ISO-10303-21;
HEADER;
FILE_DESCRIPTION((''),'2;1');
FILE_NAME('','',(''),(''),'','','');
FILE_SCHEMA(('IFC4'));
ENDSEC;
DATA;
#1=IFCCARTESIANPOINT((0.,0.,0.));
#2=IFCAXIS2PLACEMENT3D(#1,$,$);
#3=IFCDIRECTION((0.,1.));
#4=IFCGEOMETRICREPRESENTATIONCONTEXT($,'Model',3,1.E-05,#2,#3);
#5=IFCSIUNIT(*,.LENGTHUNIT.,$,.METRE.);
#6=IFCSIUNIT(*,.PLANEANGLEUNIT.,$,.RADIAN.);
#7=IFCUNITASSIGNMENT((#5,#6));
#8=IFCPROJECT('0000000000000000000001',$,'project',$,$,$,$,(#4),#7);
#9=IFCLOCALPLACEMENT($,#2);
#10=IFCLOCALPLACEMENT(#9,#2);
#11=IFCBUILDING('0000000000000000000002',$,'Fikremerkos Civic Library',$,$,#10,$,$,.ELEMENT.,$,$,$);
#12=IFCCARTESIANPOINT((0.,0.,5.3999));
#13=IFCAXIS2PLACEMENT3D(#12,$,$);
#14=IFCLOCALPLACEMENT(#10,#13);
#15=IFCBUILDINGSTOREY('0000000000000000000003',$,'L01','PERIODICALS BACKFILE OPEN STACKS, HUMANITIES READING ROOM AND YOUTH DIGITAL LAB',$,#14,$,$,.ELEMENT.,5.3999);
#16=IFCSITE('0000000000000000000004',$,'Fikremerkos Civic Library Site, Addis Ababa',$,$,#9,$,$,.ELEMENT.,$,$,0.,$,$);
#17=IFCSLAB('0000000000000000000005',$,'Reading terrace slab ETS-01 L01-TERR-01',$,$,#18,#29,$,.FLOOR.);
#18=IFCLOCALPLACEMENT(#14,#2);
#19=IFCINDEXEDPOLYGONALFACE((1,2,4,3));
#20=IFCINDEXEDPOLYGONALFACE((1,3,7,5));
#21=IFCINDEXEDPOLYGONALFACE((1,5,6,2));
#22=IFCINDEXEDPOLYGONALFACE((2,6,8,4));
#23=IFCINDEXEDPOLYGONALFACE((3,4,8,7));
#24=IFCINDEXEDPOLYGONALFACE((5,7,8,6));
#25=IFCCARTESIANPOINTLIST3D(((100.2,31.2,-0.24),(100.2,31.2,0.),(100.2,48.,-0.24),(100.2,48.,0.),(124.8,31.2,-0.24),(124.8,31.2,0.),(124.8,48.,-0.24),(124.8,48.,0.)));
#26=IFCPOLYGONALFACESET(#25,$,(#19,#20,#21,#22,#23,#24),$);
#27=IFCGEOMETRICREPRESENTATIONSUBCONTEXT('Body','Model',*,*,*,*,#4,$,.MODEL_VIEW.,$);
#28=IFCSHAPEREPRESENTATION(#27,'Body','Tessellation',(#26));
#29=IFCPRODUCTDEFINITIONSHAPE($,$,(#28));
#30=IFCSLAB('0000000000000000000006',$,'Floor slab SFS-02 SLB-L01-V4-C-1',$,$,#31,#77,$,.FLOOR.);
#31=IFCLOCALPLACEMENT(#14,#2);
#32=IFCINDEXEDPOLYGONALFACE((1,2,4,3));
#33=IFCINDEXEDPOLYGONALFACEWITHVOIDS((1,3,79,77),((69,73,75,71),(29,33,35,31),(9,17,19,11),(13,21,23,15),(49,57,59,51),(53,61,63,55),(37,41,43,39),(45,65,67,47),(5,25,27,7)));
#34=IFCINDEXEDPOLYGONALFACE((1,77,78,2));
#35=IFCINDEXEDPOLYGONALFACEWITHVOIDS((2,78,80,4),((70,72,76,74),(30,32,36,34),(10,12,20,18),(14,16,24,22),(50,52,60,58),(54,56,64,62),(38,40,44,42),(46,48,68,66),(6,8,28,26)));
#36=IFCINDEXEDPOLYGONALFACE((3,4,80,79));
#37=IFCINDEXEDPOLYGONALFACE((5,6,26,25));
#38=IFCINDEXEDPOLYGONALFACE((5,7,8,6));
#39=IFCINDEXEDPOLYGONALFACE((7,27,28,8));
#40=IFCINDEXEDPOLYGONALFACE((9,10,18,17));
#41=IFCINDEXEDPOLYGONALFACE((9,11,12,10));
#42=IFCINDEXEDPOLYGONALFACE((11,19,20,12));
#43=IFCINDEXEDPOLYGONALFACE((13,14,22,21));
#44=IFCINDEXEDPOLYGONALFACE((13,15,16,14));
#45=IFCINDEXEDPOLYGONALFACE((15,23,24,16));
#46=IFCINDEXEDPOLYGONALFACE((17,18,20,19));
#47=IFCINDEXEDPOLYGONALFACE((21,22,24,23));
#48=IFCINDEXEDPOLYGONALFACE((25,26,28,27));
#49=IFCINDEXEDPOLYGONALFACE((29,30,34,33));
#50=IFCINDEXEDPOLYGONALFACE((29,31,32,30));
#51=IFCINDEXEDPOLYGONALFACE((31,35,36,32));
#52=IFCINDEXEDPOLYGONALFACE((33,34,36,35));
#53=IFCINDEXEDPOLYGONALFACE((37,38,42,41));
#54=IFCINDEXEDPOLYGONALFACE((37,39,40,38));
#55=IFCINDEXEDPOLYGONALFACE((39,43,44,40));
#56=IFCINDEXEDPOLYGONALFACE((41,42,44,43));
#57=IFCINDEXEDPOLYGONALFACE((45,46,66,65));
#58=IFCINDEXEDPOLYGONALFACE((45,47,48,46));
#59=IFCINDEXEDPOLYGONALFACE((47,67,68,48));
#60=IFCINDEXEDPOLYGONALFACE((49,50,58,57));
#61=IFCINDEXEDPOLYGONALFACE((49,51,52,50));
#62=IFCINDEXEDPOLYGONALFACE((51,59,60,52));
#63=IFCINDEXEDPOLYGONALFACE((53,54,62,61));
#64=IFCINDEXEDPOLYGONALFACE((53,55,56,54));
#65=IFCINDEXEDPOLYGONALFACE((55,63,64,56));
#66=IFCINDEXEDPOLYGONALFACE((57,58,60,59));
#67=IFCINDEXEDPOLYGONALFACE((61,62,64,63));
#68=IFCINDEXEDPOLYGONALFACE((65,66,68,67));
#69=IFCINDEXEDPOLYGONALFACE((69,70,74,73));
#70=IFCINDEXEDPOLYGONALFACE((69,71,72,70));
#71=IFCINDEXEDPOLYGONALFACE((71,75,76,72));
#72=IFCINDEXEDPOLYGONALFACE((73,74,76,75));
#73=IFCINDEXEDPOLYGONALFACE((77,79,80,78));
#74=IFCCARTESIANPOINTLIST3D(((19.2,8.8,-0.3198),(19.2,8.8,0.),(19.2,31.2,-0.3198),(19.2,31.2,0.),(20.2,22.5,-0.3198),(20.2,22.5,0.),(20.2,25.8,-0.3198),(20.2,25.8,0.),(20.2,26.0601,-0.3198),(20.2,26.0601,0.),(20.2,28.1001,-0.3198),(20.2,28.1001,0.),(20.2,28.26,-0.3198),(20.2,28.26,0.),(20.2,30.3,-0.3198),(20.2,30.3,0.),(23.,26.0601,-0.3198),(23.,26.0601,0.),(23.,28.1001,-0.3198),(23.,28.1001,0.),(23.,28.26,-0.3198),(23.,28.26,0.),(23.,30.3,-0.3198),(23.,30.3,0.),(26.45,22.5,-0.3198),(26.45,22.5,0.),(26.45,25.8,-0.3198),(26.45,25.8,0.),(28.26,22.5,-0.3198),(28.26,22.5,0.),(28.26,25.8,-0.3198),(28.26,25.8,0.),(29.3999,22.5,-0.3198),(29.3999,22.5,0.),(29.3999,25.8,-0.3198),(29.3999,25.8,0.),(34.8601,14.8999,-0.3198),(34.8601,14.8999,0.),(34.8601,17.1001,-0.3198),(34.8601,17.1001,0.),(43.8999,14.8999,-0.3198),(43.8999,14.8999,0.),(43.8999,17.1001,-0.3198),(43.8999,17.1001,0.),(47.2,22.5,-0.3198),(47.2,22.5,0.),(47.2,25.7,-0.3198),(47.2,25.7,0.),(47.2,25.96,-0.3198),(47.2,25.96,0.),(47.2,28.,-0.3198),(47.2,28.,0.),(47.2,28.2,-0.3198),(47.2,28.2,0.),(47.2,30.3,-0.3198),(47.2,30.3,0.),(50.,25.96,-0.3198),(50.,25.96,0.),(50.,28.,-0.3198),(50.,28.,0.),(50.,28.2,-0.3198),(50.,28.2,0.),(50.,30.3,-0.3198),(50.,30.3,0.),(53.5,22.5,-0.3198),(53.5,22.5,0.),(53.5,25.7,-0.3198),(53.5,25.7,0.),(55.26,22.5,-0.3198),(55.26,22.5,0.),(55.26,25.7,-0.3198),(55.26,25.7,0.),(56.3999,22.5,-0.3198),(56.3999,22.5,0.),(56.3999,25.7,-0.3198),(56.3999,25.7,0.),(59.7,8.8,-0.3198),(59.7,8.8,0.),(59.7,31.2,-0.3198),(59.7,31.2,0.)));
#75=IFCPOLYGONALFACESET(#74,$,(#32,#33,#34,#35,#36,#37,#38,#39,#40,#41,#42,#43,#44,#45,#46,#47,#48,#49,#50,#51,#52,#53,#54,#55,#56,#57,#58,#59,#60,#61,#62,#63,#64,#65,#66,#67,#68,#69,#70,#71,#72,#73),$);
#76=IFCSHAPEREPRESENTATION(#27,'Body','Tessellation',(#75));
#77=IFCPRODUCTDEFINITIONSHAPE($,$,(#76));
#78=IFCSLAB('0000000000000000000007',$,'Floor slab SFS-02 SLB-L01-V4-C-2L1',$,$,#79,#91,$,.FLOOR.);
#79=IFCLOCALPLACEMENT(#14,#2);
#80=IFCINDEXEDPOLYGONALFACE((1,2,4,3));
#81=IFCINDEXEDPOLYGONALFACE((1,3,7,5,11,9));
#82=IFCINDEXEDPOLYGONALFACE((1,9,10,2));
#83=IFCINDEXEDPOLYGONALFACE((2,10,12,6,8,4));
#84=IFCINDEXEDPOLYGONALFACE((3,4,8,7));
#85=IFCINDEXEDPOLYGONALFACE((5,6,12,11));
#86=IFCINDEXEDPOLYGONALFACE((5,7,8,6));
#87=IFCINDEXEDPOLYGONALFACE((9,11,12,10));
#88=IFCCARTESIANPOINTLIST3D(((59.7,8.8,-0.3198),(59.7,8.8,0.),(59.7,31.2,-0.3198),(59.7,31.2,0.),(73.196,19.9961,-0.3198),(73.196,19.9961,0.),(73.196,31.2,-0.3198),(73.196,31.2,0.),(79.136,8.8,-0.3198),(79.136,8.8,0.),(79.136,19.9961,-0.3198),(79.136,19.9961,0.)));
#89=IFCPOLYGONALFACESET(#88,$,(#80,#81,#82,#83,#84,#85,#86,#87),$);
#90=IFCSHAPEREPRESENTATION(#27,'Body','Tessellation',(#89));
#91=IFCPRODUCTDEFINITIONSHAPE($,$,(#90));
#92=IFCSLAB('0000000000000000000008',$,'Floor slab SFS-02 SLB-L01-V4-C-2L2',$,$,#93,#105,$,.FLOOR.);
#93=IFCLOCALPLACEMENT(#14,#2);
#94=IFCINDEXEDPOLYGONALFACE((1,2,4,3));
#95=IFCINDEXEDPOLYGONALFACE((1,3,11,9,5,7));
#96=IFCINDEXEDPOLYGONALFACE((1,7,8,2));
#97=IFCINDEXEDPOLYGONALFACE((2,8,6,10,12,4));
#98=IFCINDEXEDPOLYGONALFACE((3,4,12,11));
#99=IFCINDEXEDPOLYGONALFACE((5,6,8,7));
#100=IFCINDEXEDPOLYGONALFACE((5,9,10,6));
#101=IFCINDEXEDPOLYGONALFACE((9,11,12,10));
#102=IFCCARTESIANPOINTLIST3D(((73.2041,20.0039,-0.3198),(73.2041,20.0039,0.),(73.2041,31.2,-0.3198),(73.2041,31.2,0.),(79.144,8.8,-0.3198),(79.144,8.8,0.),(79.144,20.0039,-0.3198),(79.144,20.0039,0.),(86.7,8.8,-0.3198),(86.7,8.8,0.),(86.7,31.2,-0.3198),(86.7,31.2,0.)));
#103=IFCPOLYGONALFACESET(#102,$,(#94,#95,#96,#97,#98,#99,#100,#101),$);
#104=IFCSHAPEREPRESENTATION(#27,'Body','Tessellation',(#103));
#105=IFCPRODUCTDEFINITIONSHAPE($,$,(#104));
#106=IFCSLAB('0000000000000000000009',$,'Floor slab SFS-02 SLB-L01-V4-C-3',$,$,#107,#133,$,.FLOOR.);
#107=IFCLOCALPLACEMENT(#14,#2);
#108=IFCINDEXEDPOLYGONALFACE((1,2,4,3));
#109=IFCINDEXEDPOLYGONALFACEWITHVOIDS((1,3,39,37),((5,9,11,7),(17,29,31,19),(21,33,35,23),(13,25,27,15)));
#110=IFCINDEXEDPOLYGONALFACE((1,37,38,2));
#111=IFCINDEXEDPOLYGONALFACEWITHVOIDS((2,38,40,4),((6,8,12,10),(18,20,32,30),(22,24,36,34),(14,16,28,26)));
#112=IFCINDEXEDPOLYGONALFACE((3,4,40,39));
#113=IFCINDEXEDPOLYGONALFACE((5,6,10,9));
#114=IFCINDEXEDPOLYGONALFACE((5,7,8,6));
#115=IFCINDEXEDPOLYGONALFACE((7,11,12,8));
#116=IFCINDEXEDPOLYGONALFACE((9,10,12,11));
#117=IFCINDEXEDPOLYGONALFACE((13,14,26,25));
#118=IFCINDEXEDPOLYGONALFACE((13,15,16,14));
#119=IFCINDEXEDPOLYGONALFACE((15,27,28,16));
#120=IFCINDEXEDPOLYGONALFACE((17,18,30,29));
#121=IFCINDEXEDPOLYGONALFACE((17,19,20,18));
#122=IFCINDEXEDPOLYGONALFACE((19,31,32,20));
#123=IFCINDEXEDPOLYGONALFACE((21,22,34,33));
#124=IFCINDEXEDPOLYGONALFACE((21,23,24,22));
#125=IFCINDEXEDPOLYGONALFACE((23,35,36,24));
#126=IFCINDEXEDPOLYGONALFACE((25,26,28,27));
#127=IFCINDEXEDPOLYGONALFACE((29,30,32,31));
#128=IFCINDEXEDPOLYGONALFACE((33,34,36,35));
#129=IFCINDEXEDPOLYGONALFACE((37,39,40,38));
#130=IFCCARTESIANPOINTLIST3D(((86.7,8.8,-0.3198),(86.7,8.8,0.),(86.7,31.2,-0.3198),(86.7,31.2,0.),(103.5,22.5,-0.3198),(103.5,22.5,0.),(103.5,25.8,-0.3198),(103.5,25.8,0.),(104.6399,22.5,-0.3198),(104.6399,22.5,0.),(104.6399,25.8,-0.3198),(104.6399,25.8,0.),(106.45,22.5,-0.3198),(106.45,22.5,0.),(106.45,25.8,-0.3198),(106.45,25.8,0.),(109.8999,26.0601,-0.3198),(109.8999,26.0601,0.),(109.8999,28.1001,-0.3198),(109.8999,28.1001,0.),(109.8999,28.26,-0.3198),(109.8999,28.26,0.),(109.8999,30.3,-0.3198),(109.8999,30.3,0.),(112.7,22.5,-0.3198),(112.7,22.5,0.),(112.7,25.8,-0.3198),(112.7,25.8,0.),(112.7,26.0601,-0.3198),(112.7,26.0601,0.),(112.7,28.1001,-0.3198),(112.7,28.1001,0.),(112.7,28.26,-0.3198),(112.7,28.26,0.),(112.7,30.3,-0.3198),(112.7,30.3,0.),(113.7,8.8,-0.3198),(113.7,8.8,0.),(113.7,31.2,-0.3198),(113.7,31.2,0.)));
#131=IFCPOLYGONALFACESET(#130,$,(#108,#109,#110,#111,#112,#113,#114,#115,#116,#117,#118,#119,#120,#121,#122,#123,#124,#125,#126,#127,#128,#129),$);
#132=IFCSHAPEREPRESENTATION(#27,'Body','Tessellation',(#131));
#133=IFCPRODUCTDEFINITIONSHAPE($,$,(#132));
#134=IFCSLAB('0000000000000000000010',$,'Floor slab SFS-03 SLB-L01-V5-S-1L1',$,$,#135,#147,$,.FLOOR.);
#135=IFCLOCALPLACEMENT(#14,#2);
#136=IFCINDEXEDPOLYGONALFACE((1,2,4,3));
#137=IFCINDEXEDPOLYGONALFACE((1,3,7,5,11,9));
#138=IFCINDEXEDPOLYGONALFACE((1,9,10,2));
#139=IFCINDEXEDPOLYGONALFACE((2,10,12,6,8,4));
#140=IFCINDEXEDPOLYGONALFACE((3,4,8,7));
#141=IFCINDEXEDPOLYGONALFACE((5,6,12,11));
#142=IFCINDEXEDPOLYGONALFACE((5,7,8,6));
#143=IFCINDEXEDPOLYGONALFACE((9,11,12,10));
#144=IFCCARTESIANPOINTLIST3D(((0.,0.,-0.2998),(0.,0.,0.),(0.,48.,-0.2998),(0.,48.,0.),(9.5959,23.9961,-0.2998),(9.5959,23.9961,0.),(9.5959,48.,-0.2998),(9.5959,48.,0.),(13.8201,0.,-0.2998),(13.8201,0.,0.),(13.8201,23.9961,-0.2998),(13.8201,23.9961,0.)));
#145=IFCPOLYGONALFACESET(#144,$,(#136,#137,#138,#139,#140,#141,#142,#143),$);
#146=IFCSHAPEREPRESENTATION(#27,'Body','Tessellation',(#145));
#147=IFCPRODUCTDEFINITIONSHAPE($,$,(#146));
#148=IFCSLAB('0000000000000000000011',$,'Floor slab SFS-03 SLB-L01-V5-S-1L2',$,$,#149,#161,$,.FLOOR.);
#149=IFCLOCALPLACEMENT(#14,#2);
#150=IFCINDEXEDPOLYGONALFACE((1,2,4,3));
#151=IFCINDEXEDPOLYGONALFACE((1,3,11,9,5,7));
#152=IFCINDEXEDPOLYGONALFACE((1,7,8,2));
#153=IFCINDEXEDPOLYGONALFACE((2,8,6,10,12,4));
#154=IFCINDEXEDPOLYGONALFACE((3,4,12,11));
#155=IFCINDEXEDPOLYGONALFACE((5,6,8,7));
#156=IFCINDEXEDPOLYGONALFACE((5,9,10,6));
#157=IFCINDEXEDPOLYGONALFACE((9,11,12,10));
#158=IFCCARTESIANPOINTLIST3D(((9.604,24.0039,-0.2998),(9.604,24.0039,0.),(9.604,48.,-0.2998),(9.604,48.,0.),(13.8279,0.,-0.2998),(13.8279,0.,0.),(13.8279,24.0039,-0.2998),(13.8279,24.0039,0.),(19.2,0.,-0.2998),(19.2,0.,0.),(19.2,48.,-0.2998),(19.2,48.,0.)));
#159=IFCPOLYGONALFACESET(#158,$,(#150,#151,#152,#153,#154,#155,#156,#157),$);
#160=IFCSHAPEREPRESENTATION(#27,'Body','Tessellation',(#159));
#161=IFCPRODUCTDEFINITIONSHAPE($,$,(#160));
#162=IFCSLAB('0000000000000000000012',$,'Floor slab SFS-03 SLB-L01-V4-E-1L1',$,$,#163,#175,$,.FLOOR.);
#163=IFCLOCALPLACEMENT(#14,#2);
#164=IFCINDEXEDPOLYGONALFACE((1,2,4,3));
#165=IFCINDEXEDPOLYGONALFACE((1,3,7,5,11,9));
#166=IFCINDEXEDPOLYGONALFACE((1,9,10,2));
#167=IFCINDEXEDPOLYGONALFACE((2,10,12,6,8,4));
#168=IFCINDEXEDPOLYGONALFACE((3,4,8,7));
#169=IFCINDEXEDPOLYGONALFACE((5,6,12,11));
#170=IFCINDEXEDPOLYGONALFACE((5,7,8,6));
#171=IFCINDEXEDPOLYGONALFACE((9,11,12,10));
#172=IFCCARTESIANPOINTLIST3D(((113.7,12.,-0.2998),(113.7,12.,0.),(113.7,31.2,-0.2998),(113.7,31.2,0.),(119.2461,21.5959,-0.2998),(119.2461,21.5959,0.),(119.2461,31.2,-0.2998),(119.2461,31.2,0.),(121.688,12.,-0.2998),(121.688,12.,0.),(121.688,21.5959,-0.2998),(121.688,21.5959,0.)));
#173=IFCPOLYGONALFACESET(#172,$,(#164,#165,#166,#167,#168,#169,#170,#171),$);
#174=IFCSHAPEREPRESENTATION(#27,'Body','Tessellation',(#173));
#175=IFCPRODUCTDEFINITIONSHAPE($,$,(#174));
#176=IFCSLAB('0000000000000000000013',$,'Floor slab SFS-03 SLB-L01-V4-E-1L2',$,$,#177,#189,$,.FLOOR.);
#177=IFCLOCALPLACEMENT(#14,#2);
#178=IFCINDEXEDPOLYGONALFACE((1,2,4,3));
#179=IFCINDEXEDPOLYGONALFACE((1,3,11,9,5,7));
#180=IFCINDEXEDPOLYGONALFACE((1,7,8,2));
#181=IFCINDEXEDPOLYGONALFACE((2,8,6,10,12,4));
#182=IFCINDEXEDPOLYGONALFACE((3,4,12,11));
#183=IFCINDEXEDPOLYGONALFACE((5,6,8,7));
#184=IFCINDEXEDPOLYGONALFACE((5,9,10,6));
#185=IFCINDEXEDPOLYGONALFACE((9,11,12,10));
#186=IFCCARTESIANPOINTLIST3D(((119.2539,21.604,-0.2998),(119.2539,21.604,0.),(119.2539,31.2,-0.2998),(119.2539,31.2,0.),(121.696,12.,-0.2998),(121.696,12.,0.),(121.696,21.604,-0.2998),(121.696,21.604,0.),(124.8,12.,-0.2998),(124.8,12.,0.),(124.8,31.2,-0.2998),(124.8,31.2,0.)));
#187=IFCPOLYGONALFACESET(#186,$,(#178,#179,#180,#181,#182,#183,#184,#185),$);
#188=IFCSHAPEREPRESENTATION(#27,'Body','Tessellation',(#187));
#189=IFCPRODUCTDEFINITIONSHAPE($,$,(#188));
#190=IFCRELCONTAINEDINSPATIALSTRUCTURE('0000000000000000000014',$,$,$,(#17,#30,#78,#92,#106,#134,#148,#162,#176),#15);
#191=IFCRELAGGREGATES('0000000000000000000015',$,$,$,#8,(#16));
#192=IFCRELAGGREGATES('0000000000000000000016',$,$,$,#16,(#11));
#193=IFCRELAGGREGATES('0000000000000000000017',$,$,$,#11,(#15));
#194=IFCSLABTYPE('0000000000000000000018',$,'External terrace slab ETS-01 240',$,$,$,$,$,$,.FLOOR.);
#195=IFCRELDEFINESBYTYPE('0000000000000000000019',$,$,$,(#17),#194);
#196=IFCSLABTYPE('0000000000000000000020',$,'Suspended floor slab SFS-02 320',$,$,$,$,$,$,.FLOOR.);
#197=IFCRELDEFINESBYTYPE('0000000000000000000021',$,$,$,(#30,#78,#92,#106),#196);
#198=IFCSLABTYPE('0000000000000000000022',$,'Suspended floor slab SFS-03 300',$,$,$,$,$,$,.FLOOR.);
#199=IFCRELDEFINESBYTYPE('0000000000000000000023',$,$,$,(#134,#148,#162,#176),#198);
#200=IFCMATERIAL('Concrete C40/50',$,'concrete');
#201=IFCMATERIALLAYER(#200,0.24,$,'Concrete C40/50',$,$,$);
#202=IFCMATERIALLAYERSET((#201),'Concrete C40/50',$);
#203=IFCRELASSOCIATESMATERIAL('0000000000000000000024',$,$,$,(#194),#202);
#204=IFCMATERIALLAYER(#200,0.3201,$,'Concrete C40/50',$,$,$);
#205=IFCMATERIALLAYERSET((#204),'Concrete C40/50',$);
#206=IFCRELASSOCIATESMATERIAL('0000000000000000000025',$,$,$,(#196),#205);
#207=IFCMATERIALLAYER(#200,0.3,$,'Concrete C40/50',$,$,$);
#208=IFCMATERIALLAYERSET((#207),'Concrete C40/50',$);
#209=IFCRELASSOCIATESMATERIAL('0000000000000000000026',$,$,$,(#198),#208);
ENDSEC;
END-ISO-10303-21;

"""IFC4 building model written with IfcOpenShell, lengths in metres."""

from ifc_helpers import new_model, si_unit, direction, frame, origin, place, context, subcontext, project, spatial, polyline, outline, extrude, material, layer, layer_set, type_object, element, save


model = new_model("IFC4")

# Units and contexts
model_context = context("Model", 3, precision=1e-05, world=origin(), true_north=direction((0.0, 1.0)))
body_context = subcontext(model_context, "Body", "Model", "MODEL_VIEW")
ifc_project = project(units=[si_unit("LENGTHUNIT", "METRE"), si_unit("PLANEANGLEUNIT", "RADIAN")], contexts=[model_context])

# Site, building, storey
site_placement = place(None, origin())
site = spatial("IfcSite", under=ifc_project, at=site_placement, Name="Fikremerkos Civic Library Site, Addis Ababa", CompositionType="ELEMENT", RefElevation=0.0)
building_placement = place(site_placement, origin())
building = spatial("IfcBuilding", under=site, at=building_placement, Name="Fikremerkos Civic Library", CompositionType="ELEMENT")
storey_placement = place(building_placement, frame((0.0, 0.0, 5.3999)))
storey = spatial("IfcBuildingStorey", under=building, at=storey_placement, Name="L01", Description="PERIODICALS BACKFILE OPEN STACKS, HUMANITIES READING ROOM AND YOUTH DIGITAL LAB", CompositionType="ELEMENT", Elevation=5.3999)

# Slabs
ifc_material_1 = material(Name="Concrete C40/50", Category="concrete")
ifc_layer_1 = layer(ifc_material_1, 0.24, Name="Concrete C40/50")
ifc_layer_set_1 = layer_set([ifc_layer_1], Name="Concrete C40/50")
slab_type_1 = type_object("IfcSlabType", Name="External terrace slab ETS-01 240", PredefinedType="FLOOR", material=ifc_layer_set_1)
slab_1_placement = place(storey_placement, frame((0.0, 0.0, -0.24)))
element("IfcSlab", 1, at=slab_1_placement, inside=storey, type_object=slab_type_1, Name="Reading terrace slab ETS-01 L01-TERR-01", PredefinedType="FLOOR", context=body_context, shape_type="SweptSolid", body=[
    extrude(outline(polyline([(100.2, 31.2), (124.8, 31.2), (124.8, 48.0), (100.2, 48.0), (100.2, 31.2)])), origin(), (0.0, 0.0, 1.0), 0.24),
])
ifc_layer_2 = layer(ifc_material_1, 0.3201, Name="Concrete C40/50")
ifc_layer_set_2 = layer_set([ifc_layer_2], Name="Concrete C40/50")
slab_type_2 = type_object("IfcSlabType", Name="Suspended floor slab SFS-02 320", PredefinedType="FLOOR", material=ifc_layer_set_2)
slab_2_placement = place(storey_placement, frame((0.0, 0.0, -0.3198)))
element("IfcSlab", 2, at=slab_2_placement, inside=storey, type_object=slab_type_2, Name="Floor slab SFS-02 SLB-L01-V4-C-1", PredefinedType="FLOOR", context=body_context, shape_type="SweptSolid", body=[
    extrude(outline(polyline([(19.2, 8.8), (59.7, 8.8), (59.7, 31.2), (19.2, 31.2), (19.2, 8.8)]), holes=[polyline([(20.2, 22.5), (26.45, 22.5), (26.45, 25.8), (20.2, 25.8), (20.2, 22.5)]), polyline([(20.2, 26.0601), (23.0, 26.0601), (23.0, 28.1001), (20.2, 28.1001), (20.2, 26.0601)]), polyline([(20.2, 28.26), (23.0, 28.26), (23.0, 30.3), (20.2, 30.3), (20.2, 28.26)]), polyline([(28.26, 22.5), (29.3999, 22.5), (29.3999, 25.8), (28.26, 25.8), (28.26, 22.5)]), polyline([(47.2, 22.5), (53.5, 22.5), (53.5, 25.7), (47.2, 25.7), (47.2, 22.5)]), polyline([(47.2, 25.96), (50.0, 25.96), (50.0, 28.0), (47.2, 28.0), (47.2, 25.96)]), polyline([(47.2, 28.2), (50.0, 28.2), (50.0, 30.3), (47.2, 30.3), (47.2, 28.2)]), polyline([(55.26, 22.5), (56.3999, 22.5), (56.3999, 25.7), (55.26, 25.7), (55.26, 22.5)]), polyline([(34.8601, 14.8999), (43.8999, 14.8999), (43.8999, 17.1001), (34.8601, 17.1001), (34.8601, 14.8999)])]), origin(), (0.0, 0.0, 1.0), 0.3198),
])
slab_3_placement = place(storey_placement, frame((0.0, 0.0, -0.3198)))
element("IfcSlab", 3, at=slab_3_placement, inside=storey, type_object=slab_type_2, Name="Floor slab SFS-02 SLB-L01-V4-C-2L1", PredefinedType="FLOOR", context=body_context, shape_type="SweptSolid", body=[
    extrude(outline(polyline([(59.7, 8.8), (79.136, 8.8), (79.136, 19.9961), (73.196, 19.9961), (73.196, 31.2), (59.7, 31.2), (59.7, 8.8)])), origin(), (0.0, 0.0, 1.0), 0.3198),
])
slab_4_placement = place(storey_placement, frame((0.0, 0.0, -0.3198)))
element("IfcSlab", 4, at=slab_4_placement, inside=storey, type_object=slab_type_2, Name="Floor slab SFS-02 SLB-L01-V4-C-2L2", PredefinedType="FLOOR", context=body_context, shape_type="SweptSolid", body=[
    extrude(outline(polyline([(79.144, 8.8), (86.7, 8.8), (86.7, 31.2), (73.2041, 31.2), (73.2041, 20.0039), (79.144, 20.0039), (79.144, 8.8)])), origin(), (0.0, 0.0, 1.0), 0.3198),
])
slab_5_placement = place(storey_placement, frame((0.0, 0.0, -0.3198)))
element("IfcSlab", 5, at=slab_5_placement, inside=storey, type_object=slab_type_2, Name="Floor slab SFS-02 SLB-L01-V4-C-3", PredefinedType="FLOOR", context=body_context, shape_type="SweptSolid", body=[
    extrude(outline(polyline([(86.7, 8.8), (113.7, 8.8), (113.7, 31.2), (86.7, 31.2), (86.7, 8.8)]), holes=[polyline([(106.45, 22.5), (112.7, 22.5), (112.7, 25.8), (106.45, 25.8), (106.45, 22.5)]), polyline([(109.8999, 26.0601), (112.7, 26.0601), (112.7, 28.1001), (109.8999, 28.1001), (109.8999, 26.0601)]), polyline([(109.8999, 28.26), (112.7, 28.26), (112.7, 30.3), (109.8999, 30.3), (109.8999, 28.26)]), polyline([(103.5, 22.5), (104.6399, 22.5), (104.6399, 25.8), (103.5, 25.8), (103.5, 22.5)])]), origin(), (0.0, 0.0, 1.0), 0.3198),
])
ifc_layer_3 = layer(ifc_material_1, 0.3, Name="Concrete C40/50")
ifc_layer_set_3 = layer_set([ifc_layer_3], Name="Concrete C40/50")
slab_type_3 = type_object("IfcSlabType", Name="Suspended floor slab SFS-03 300", PredefinedType="FLOOR", material=ifc_layer_set_3)
slab_6_placement = place(storey_placement, frame((0.0, 0.0, -0.2998)))
element("IfcSlab", 6, at=slab_6_placement, inside=storey, type_object=slab_type_3, Name="Floor slab SFS-03 SLB-L01-V5-S-1L1", PredefinedType="FLOOR", context=body_context, shape_type="SweptSolid", body=[
    extrude(outline(polyline([(0.0, 0.0), (13.8201, 0.0), (13.8201, 23.9961), (9.5959, 23.9961), (9.5959, 48.0), (0.0, 48.0), (0.0, 0.0)])), origin(), (0.0, 0.0, 1.0), 0.2998),
])
slab_7_placement = place(storey_placement, frame((0.0, 0.0, -0.2998)))
element("IfcSlab", 7, at=slab_7_placement, inside=storey, type_object=slab_type_3, Name="Floor slab SFS-03 SLB-L01-V5-S-1L2", PredefinedType="FLOOR", context=body_context, shape_type="SweptSolid", body=[
    extrude(outline(polyline([(13.8279, 0.0), (19.2, 0.0), (19.2, 48.0), (9.604, 48.0), (9.604, 24.0039), (13.8279, 24.0039), (13.8279, 0.0)])), origin(), (0.0, 0.0, 1.0), 0.2998),
])
slab_8_placement = place(storey_placement, frame((0.0, 0.0, -0.2998)))
element("IfcSlab", 8, at=slab_8_placement, inside=storey, type_object=slab_type_3, Name="Floor slab SFS-03 SLB-L01-V4-E-1L1", PredefinedType="FLOOR", context=body_context, shape_type="SweptSolid", body=[
    extrude(outline(polyline([(113.7, 12.0), (121.688, 12.0), (121.688, 21.5959), (119.2461, 21.5959), (119.2461, 31.2), (113.7, 31.2), (113.7, 12.0)])), origin(), (0.0, 0.0, 1.0), 0.2998),
])
slab_9_placement = place(storey_placement, frame((0.0, 0.0, -0.2998)))
element("IfcSlab", 9, at=slab_9_placement, inside=storey, type_object=slab_type_3, Name="Floor slab SFS-03 SLB-L01-V4-E-1L2", PredefinedType="FLOOR", context=body_context, shape_type="SweptSolid", body=[
    extrude(outline(polyline([(121.696, 12.0), (124.8, 12.0), (124.8, 31.2), (119.2539, 31.2), (119.2539, 21.604), (121.696, 21.604), (121.696, 12.0)])), origin(), (0.0, 0.0, 1.0), 0.2998),
])

save(model, "model.ifc")
